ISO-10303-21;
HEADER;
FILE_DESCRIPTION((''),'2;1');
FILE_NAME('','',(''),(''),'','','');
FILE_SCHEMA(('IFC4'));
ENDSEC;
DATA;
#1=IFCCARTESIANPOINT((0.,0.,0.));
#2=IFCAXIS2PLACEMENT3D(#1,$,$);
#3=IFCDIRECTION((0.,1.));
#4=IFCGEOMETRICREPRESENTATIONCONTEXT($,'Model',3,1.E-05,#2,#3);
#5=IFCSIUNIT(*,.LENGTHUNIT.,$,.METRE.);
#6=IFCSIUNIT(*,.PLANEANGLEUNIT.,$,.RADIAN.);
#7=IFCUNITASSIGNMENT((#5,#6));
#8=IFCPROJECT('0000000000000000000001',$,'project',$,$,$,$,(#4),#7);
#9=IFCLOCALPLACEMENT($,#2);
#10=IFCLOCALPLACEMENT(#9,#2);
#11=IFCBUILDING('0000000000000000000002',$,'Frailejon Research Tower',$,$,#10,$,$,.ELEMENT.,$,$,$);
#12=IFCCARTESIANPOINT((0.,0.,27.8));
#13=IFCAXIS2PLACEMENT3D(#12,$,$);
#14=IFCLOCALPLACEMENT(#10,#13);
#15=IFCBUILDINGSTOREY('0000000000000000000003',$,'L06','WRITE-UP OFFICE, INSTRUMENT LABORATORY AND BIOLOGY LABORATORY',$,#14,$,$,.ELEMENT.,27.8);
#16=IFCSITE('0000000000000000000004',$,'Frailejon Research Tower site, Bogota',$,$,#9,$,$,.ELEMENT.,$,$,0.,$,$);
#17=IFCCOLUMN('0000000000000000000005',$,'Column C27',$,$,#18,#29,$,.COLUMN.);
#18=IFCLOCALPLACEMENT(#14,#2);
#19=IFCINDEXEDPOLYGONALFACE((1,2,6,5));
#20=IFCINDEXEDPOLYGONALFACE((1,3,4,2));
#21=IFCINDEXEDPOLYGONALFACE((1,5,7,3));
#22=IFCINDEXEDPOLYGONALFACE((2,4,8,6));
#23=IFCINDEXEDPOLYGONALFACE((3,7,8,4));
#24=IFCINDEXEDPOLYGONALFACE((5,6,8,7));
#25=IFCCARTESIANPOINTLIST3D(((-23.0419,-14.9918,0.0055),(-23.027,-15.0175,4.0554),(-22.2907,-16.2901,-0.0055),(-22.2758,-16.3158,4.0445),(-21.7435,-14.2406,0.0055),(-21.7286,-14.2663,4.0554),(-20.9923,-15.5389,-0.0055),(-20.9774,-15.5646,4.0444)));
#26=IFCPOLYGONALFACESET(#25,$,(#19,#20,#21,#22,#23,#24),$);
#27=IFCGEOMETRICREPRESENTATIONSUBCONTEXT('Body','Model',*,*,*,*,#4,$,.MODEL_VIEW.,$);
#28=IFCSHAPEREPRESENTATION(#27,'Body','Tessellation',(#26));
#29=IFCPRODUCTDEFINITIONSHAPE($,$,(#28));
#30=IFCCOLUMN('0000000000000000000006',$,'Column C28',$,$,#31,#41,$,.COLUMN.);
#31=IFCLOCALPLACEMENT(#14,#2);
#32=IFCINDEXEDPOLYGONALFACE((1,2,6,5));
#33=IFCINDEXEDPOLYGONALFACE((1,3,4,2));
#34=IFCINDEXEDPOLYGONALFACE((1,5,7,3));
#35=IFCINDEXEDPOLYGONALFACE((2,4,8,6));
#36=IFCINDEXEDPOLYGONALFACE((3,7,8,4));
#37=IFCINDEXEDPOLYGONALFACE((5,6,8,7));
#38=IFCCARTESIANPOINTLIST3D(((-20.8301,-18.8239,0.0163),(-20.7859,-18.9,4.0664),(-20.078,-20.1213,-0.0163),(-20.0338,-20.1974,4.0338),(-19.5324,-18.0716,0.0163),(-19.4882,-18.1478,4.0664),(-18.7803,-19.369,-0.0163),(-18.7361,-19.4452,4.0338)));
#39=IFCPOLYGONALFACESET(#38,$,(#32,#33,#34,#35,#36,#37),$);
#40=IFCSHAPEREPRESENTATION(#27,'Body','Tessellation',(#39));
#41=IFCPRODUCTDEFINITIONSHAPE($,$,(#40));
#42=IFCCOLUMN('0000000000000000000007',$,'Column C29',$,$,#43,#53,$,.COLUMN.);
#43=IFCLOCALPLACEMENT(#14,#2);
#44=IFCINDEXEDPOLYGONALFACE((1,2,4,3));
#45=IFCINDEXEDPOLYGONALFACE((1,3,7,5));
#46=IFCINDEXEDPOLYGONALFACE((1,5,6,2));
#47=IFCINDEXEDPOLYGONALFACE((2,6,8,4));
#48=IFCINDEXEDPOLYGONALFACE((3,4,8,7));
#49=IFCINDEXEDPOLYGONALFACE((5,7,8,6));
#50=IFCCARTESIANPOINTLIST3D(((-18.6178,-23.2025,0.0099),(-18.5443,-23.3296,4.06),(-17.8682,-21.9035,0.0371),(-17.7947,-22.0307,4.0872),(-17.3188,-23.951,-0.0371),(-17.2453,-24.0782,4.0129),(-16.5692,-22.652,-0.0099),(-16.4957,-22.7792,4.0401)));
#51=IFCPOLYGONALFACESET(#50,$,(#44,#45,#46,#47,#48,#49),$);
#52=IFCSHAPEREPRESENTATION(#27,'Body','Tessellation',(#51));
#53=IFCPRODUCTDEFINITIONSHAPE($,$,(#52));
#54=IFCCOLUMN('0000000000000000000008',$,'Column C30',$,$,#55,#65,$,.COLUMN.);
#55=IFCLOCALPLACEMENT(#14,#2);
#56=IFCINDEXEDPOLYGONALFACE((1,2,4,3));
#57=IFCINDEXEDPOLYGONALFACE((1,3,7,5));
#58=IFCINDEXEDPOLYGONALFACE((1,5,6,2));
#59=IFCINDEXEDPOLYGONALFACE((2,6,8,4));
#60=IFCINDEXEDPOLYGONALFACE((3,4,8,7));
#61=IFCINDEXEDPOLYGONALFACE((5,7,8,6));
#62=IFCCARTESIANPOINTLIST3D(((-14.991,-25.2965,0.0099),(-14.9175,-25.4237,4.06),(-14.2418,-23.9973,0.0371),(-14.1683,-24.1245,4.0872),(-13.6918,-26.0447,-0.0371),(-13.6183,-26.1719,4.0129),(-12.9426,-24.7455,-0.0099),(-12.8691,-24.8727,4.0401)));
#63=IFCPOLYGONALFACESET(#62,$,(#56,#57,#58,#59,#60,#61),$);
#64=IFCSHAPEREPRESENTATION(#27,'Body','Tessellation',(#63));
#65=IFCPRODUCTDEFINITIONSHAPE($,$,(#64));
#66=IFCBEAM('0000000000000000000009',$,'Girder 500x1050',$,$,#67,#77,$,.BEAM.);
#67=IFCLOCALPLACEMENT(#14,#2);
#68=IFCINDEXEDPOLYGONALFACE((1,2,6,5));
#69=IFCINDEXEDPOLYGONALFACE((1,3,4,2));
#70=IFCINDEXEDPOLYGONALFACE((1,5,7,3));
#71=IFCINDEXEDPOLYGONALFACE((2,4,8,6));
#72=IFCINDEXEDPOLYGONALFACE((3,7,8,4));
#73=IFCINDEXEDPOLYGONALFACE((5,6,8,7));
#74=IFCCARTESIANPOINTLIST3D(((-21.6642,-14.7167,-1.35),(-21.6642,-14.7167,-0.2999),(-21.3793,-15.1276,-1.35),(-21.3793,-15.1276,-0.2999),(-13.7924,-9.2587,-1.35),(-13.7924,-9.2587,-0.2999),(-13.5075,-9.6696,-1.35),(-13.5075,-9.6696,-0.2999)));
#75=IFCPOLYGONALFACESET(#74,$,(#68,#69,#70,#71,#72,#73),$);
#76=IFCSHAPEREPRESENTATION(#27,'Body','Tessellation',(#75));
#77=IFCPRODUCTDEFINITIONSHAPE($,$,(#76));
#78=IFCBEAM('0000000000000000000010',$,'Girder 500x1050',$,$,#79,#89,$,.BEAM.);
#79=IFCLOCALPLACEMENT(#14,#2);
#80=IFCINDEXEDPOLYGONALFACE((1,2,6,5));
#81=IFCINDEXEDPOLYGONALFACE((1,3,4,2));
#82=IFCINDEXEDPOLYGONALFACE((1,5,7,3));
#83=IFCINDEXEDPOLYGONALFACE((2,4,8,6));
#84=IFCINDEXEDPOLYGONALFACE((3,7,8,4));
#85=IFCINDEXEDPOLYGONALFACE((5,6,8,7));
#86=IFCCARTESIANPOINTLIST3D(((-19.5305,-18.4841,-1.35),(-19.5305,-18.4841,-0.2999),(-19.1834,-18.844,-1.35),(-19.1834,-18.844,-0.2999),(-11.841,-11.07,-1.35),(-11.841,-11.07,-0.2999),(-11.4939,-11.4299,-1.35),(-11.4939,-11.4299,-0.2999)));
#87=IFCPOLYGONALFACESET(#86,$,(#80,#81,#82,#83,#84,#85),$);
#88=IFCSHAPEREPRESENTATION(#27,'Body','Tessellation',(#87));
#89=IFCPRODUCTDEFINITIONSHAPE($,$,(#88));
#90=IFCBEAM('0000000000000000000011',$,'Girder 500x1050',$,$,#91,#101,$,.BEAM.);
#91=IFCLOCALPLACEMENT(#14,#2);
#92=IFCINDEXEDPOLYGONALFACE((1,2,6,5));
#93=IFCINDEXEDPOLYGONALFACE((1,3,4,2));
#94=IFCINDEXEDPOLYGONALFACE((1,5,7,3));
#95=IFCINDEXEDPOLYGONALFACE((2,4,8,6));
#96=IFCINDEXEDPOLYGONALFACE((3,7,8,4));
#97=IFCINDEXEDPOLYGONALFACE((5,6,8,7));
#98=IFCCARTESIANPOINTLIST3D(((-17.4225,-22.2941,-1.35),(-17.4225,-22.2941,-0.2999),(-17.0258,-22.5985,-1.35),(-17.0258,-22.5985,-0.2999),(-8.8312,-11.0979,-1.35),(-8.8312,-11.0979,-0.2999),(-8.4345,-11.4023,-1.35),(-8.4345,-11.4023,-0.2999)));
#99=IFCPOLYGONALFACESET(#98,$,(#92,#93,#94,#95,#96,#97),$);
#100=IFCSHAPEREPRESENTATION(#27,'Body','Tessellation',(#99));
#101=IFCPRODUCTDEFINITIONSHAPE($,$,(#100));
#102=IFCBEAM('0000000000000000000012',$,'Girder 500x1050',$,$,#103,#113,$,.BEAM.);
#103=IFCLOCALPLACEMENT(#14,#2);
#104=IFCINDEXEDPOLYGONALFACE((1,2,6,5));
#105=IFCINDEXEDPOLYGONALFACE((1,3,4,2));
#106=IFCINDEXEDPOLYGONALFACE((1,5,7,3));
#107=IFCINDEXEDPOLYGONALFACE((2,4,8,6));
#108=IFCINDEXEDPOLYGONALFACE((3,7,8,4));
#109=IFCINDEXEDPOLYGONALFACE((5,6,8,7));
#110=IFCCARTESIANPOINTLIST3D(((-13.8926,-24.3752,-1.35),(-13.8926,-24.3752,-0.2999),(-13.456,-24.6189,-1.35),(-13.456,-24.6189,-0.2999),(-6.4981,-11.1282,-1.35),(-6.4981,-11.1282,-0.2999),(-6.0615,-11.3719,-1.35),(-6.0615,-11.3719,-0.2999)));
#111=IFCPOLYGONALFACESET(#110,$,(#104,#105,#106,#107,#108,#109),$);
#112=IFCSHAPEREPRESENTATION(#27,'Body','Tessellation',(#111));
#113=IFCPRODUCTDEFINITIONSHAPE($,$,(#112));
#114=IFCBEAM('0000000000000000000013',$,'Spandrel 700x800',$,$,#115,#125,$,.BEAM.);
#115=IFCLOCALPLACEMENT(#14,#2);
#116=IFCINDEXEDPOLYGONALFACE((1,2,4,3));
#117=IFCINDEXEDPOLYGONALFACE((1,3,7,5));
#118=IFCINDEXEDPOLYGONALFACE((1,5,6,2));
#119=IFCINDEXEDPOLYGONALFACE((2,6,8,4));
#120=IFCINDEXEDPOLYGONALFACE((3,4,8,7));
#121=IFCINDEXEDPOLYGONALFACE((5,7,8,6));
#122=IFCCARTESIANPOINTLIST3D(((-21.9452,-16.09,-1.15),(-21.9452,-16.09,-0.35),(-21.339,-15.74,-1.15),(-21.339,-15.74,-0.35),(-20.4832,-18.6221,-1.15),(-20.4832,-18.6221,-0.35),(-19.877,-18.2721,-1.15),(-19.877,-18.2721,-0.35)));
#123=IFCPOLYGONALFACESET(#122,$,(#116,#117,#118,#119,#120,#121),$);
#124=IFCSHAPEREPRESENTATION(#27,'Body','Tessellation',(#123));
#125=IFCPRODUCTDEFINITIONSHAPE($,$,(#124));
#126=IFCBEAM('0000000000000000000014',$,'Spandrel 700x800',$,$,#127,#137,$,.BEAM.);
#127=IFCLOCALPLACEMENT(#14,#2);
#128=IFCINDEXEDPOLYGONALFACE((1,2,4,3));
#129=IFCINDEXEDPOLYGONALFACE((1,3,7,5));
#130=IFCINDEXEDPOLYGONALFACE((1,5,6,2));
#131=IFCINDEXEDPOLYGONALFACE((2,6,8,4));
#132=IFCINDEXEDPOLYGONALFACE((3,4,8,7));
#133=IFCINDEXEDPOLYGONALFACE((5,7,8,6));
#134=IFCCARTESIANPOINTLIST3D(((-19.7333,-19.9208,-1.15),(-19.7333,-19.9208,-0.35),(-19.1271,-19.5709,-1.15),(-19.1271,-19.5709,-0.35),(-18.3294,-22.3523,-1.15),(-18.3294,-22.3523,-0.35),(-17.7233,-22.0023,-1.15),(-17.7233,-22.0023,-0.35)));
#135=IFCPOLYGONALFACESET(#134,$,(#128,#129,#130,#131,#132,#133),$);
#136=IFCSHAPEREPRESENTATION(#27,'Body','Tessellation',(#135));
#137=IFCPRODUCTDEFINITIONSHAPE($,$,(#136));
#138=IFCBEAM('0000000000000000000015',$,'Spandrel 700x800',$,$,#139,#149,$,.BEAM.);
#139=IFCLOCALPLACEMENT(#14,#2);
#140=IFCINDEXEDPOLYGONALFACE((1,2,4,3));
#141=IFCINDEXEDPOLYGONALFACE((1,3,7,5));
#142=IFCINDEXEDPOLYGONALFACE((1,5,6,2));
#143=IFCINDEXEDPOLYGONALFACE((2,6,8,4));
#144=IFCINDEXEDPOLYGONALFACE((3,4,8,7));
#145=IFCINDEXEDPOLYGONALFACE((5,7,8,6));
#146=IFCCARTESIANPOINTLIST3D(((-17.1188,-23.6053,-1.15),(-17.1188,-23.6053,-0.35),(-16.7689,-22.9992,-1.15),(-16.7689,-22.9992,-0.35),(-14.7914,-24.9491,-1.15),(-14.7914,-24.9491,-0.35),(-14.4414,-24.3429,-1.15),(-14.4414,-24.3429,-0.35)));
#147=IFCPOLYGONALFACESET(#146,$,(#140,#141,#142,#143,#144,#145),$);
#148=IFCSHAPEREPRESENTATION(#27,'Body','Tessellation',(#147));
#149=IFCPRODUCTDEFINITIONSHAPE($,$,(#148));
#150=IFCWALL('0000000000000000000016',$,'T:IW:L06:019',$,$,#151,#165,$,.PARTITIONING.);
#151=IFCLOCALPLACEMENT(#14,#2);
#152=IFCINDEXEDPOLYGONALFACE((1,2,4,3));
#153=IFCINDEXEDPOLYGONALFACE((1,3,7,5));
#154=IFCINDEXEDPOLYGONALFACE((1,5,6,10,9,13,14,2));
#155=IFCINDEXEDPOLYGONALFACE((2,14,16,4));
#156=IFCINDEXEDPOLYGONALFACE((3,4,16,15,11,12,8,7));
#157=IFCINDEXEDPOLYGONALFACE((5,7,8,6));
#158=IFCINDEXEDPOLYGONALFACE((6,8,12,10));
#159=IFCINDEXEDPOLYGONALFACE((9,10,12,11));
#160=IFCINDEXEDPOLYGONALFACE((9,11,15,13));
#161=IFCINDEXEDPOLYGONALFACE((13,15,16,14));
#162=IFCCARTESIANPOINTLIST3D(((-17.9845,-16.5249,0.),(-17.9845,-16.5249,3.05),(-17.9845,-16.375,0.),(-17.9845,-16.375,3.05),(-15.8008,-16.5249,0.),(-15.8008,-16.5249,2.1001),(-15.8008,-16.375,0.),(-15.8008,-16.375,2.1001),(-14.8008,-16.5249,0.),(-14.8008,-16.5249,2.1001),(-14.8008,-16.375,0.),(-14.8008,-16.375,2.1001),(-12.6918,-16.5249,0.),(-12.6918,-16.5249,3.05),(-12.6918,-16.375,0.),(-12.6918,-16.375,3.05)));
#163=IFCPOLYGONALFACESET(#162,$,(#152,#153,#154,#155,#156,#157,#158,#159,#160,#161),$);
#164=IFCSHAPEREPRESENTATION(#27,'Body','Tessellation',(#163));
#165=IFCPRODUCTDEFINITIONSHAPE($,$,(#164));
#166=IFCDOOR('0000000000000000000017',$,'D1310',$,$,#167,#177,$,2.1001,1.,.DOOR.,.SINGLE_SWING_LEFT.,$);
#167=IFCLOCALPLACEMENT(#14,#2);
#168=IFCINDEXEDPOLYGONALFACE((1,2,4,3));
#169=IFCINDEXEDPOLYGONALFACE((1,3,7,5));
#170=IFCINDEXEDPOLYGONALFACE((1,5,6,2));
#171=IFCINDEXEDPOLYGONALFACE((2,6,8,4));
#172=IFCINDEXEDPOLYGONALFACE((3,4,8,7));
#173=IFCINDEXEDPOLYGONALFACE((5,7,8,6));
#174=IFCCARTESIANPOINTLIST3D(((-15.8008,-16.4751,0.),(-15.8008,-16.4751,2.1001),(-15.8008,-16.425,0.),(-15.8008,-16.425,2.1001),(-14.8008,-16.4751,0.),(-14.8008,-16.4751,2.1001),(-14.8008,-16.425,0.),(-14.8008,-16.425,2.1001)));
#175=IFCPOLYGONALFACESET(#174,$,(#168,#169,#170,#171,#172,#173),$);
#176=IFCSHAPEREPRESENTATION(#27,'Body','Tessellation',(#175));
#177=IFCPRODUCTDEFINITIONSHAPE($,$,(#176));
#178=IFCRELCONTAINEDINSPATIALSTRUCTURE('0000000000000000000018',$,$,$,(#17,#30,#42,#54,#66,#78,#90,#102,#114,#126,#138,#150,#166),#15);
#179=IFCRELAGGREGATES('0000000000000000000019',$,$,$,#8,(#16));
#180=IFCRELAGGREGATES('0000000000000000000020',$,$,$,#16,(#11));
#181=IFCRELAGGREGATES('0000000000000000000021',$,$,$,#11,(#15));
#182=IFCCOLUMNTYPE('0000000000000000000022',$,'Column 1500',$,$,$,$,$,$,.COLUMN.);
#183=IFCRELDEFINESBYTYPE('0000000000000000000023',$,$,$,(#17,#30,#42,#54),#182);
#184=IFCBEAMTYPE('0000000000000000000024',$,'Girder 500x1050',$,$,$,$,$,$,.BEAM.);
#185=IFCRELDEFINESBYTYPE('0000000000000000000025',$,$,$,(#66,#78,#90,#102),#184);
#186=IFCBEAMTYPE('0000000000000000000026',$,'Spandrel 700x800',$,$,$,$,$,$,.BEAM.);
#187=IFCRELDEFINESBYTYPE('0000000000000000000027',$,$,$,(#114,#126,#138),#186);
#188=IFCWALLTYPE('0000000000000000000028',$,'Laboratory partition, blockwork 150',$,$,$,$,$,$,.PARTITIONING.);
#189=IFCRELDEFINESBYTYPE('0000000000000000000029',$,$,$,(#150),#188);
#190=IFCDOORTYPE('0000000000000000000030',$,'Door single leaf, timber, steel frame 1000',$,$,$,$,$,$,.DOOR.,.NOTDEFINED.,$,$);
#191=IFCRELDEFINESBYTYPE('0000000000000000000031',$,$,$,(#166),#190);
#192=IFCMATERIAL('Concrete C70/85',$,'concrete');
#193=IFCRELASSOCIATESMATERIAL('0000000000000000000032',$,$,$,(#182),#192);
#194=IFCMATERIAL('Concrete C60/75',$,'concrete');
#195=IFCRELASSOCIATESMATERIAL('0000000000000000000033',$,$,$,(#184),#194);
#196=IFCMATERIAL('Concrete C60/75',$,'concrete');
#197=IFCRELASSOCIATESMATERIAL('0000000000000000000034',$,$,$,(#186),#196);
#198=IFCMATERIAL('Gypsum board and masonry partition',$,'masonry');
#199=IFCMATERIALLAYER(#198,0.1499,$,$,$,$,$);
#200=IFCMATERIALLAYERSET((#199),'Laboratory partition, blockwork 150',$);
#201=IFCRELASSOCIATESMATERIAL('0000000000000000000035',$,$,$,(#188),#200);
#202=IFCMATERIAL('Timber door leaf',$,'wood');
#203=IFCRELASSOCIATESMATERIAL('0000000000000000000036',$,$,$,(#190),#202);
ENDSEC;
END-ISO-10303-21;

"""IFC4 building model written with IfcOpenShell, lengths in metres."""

from ifc_helpers import new_model, si_unit, direction, frame, frame_2d, origin, origin_2d, place, context, subcontext, project, spatial, rectangle, extrude, material, layer, layer_set, material_profile, profile_set, type_object, element, fill, save


model = new_model("IFC4")

# Units and contexts
model_context = context("Model", 3, precision=1e-05, world=origin(), true_north=direction((0.0, 1.0)))
body_context = subcontext(model_context, "Body", "Model", "MODEL_VIEW")
ifc_project = project(units=[si_unit("LENGTHUNIT", "METRE"), si_unit("PLANEANGLEUNIT", "RADIAN")], contexts=[model_context])

# Site, building, storey
site_placement = place(None, origin())
site = spatial("IfcSite", under=ifc_project, at=site_placement, Name="Frailejon Research Tower site, Bogota", CompositionType="ELEMENT", RefElevation=0.0)
building_placement = place(site_placement, origin())
building = spatial("IfcBuilding", under=site, at=building_placement, Name="Frailejon Research Tower", CompositionType="ELEMENT")
storey_placement = place(building_placement, frame((0.0, 0.0, 27.8)))
storey = spatial("IfcBuildingStorey", under=building, at=storey_placement, Name="L06", Description="WRITE-UP OFFICE, INSTRUMENT LABORATORY AND BIOLOGY LABORATORY", CompositionType="ELEMENT", Elevation=27.8)

# Columns
ifc_material_1 = material(Name="Concrete C70/85", Category="concrete")
ifc_material_profile_1 = material_profile(ifc_material_1, rectangle(XDim=1.5, YDim=1.5, at=origin_2d()), Name="Column 1500")
ifc_profile_set_1 = profile_set([ifc_material_profile_1], Name="Concrete C70/85")
column_type = type_object("IfcColumnType", Name="Column 1500", PredefinedType="COLUMN", material=ifc_profile_set_1)
column_1_placement = place(storey_placement, frame((-22.0171, -15.2654, 0.0), z_axis=(0.003677, -0.006329, 0.999973), x_axis=(0.500791, -0.865537, -0.00732)))
element("IfcColumn", 1, at=column_1_placement, inside=storey, type_object=column_type, Name="Column C27", PredefinedType="COLUMN", context=body_context, shape_type="SweptSolid", body=[
    extrude(rectangle(XDim=1.5, YDim=1.5, at=origin_2d()), origin(), (0.0, 0.0, 1.0), 4.05),
])
column_2_placement = place(storey_placement, frame((-19.8052, -19.0964, 0.0), z_axis=(0.010908, -0.018803, 0.999764), x_axis=(0.501388, -0.864949, -0.021738)))
element("IfcColumn", 2, at=column_2_placement, inside=storey, type_object=column_type, Name="Column C28", PredefinedType="COLUMN", context=body_context, shape_type="SweptSolid", body=[
    extrude(rectangle(XDim=1.5, YDim=1.5, at=origin_2d()), origin(), (0.0, 0.0, 1.0), 4.051),
])
for number, where, z_axis, x_axis, name in (
    (3, (-17.5935, -22.9272, 0.0), (0.018133, -0.031386, 0.999343), (0.865999, -0.499059, -0.031387), "Column C29"),
    (4, (-13.9668, -25.021, 0.0), (0.018133, -0.031386, 0.999343), (0.866156, -0.498787, -0.031381), "Column C30"),
):
    element("IfcColumn", number, at=place(storey_placement, frame(where, z_axis=z_axis, x_axis=x_axis)), inside=storey, type_object=column_type, Name=name, PredefinedType="COLUMN", context=body_context, shape_type="SweptSolid", body=[
        extrude(rectangle(XDim=1.5, YDim=1.5, at=origin_2d()), origin(), (0.0, 0.0, 1.0), 4.0527),
    ])

# Beams
ifc_material_2 = material(Name="Concrete C60/75", Category="concrete")
ifc_material_profile_2 = material_profile(ifc_material_2, rectangle(XDim=0.5, YDim=1.05, at=origin_2d()), Name="Girder 500x1050")
ifc_profile_set_2 = profile_set([ifc_material_profile_2], Name="Concrete C60/75")
beam_type_1 = type_object("IfcBeamType", Name="Girder 500x1050", PredefinedType="BEAM", material=ifc_profile_set_2)
beam_1_placement = place(storey_placement, frame((-21.5217, -14.9221, -0.825), z_axis=(0.821787, 0.569794, 0.0), x_axis=(-0.569794, 0.821787, 0.0)))
element("IfcBeam", 5, at=beam_1_placement, inside=storey, type_object=beam_type_1, Name="Girder 500x1050", PredefinedType="BEAM", context=body_context, shape_type="SweptSolid", body=[
    extrude(rectangle(XDim=0.5, YDim=1.05, at=origin_2d()), origin(), (0.0, 0.0, 1.0), 9.5789),
])
beam_2_placement = place(storey_placement, frame((-19.3569, -18.6641, -0.825), z_axis=(0.71988, 0.694098, 0.0), x_axis=(-0.694098, 0.71988, 0.0)))
element("IfcBeam", 6, at=beam_2_placement, inside=storey, type_object=beam_type_1, Name="Girder 500x1050", PredefinedType="BEAM", context=body_context, shape_type="SweptSolid", body=[
    extrude(rectangle(XDim=0.5, YDim=1.05, at=origin_2d()), origin(), (0.0, 0.0, 1.0), 10.6816),
])
beam_3_placement = place(storey_placement, frame((-17.2241, -22.4463, -0.825), z_axis=(0.608766, 0.79335, 0.0), x_axis=(-0.79335, 0.608766, 0.0)))
element("IfcBeam", 7, at=beam_3_placement, inside=storey, type_object=beam_type_1, Name="Girder 500x1050", PredefinedType="BEAM", context=body_context, shape_type="SweptSolid", body=[
    extrude(rectangle(XDim=0.5, YDim=1.05, at=origin_2d()), origin(), (0.0, 0.0, 1.0), 14.1125),
])
beam_4_placement = place(storey_placement, frame((-13.6743, -24.4971, -0.825), z_axis=(0.487407, 0.873175, 0.0), x_axis=(-0.873175, 0.487407, 0.0)))
element("IfcBeam", 8, at=beam_4_placement, inside=storey, type_object=beam_type_1, Name="Girder 500x1050", PredefinedType="BEAM", context=body_context, shape_type="SweptSolid", body=[
    extrude(rectangle(XDim=0.5, YDim=1.05, at=origin_2d()), origin(), (0.0, 0.0, 1.0), 15.1711),
])
ifc_material_3 = material(Name="Concrete C60/75", Category="concrete")
ifc_material_profile_3 = material_profile(ifc_material_3, rectangle(XDim=0.7, YDim=0.8, at=origin_2d()), Name="Spandrel 700x800")
ifc_profile_set_3 = profile_set([ifc_material_profile_3], Name="Concrete C60/75")
beam_type_2 = type_object("IfcBeamType", Name="Spandrel 700x800", PredefinedType="BEAM", material=ifc_profile_set_3)
beam_5_placement = place(storey_placement, frame((-21.6421, -15.915, -0.75), z_axis=(0.500019, -0.866015, 0.0), x_axis=(0.866015, 0.500019, 0.0)))
element("IfcBeam", 9, at=beam_5_placement, inside=storey, type_object=beam_type_2, Name="Spandrel 700x800", PredefinedType="BEAM", context=body_context, shape_type="SweptSolid", body=[
    extrude(rectangle(XDim=0.7, YDim=0.8, at=origin_2d()), origin(), (0.0, 0.0, 1.0), 2.9238),
])
beam_6_placement = place(storey_placement, frame((-19.4302, -19.7458, -0.75), z_axis=(0.500011, -0.866019, 0.0), x_axis=(0.866019, 0.500011, 0.0)))
element("IfcBeam", 10, at=beam_6_placement, inside=storey, type_object=beam_type_2, Name="Spandrel 700x800", PredefinedType="BEAM", context=body_context, shape_type="SweptSolid", body=[
    extrude(rectangle(XDim=0.7, YDim=0.8, at=origin_2d()), origin(), (0.0, 0.0, 1.0), 2.8076),
])
beam_7_placement = place(storey_placement, frame((-16.9438, -23.3022, -0.75), z_axis=(0.866021, -0.500008, 0.0), x_axis=(0.500008, 0.866021, 0.0)))
element("IfcBeam", 11, at=beam_7_placement, inside=storey, type_object=beam_type_2, Name="Spandrel 700x800", PredefinedType="BEAM", context=body_context, shape_type="SweptSolid", body=[
    extrude(rectangle(XDim=0.7, YDim=0.8, at=origin_2d()), origin(), (0.0, 0.0, 1.0), 2.6875),
])

# Wall, opening, door
ifc_material_4 = material(Name="Gypsum board and masonry partition", Category="masonry")
ifc_layer_1 = layer(ifc_material_4, 0.1499)
ifc_layer_set_1 = layer_set([ifc_layer_1], Name="Laboratory partition, blockwork 150")
wall_type_1 = type_object("IfcWallType", Name="Laboratory partition, blockwork 150", PredefinedType="PARTITIONING", material=ifc_layer_set_1)
wall_1_placement = place(storey_placement, frame((-17.9846, -16.45, 0.0), z_axis=(0.0, 0.0, 1.0), x_axis=(1.0, 0.0, 0.0)))
wall_1 = element("IfcWall", 12, at=wall_1_placement, inside=storey, type_object=wall_type_1, Name="T:IW:L06:019", PredefinedType="PARTITIONING", context=body_context, shape_type="SweptSolid", body=[
    extrude(rectangle(XDim=5.2927, YDim=0.1499, at=frame_2d((2.6465, 0.0))), origin(), (0.0, 0.0, 1.0), 3.05),
])
opening_1_placement = place(wall_1_placement, frame((2.1838, 0.0, 0.0)))
opening_1 = element("IfcOpeningElement", 13, at=opening_1_placement, cuts=wall_1, PredefinedType="OPENING", context=body_context, shape_type="SweptSolid", body=[
    extrude(rectangle(XDim=1.0, YDim=2.1001, at=frame_2d((0.5, 1.05))), frame((0.0, 0.085, 0.0), z_axis=(0.0, -1.0, 0.0), x_axis=(1.0, 0.0, 0.0)), (0.0, 0.0, 1.0), 0.1699),
])
ifc_material_5 = material(Name="Timber door leaf", Category="wood")
door_type = type_object("IfcDoorType", Name="Door single leaf, timber, steel frame 1000", OperationType="NOTDEFINED", PredefinedType="DOOR", material=ifc_material_5)
door_placement = place(opening_1_placement, origin())
door = element("IfcDoor", 14, at=door_placement, inside=storey, type_object=door_type, Name="D1310", OperationType="SINGLE_SWING_LEFT", OverallHeight=2.1001, OverallWidth=1.0, PredefinedType="DOOR", context=body_context, shape_type="SweptSolid", body=[
    extrude(rectangle(XDim=1.0, YDim=2.1001, at=frame_2d((0.5, 1.05))), frame((0.0, 0.0249, 0.0), z_axis=(0.0, -1.0, 0.0), x_axis=(1.0, 0.0, 0.0)), (0.0, 0.0, 1.0), 0.05),
])
fill(opening_1, door)

save(model, "model.ifc")
